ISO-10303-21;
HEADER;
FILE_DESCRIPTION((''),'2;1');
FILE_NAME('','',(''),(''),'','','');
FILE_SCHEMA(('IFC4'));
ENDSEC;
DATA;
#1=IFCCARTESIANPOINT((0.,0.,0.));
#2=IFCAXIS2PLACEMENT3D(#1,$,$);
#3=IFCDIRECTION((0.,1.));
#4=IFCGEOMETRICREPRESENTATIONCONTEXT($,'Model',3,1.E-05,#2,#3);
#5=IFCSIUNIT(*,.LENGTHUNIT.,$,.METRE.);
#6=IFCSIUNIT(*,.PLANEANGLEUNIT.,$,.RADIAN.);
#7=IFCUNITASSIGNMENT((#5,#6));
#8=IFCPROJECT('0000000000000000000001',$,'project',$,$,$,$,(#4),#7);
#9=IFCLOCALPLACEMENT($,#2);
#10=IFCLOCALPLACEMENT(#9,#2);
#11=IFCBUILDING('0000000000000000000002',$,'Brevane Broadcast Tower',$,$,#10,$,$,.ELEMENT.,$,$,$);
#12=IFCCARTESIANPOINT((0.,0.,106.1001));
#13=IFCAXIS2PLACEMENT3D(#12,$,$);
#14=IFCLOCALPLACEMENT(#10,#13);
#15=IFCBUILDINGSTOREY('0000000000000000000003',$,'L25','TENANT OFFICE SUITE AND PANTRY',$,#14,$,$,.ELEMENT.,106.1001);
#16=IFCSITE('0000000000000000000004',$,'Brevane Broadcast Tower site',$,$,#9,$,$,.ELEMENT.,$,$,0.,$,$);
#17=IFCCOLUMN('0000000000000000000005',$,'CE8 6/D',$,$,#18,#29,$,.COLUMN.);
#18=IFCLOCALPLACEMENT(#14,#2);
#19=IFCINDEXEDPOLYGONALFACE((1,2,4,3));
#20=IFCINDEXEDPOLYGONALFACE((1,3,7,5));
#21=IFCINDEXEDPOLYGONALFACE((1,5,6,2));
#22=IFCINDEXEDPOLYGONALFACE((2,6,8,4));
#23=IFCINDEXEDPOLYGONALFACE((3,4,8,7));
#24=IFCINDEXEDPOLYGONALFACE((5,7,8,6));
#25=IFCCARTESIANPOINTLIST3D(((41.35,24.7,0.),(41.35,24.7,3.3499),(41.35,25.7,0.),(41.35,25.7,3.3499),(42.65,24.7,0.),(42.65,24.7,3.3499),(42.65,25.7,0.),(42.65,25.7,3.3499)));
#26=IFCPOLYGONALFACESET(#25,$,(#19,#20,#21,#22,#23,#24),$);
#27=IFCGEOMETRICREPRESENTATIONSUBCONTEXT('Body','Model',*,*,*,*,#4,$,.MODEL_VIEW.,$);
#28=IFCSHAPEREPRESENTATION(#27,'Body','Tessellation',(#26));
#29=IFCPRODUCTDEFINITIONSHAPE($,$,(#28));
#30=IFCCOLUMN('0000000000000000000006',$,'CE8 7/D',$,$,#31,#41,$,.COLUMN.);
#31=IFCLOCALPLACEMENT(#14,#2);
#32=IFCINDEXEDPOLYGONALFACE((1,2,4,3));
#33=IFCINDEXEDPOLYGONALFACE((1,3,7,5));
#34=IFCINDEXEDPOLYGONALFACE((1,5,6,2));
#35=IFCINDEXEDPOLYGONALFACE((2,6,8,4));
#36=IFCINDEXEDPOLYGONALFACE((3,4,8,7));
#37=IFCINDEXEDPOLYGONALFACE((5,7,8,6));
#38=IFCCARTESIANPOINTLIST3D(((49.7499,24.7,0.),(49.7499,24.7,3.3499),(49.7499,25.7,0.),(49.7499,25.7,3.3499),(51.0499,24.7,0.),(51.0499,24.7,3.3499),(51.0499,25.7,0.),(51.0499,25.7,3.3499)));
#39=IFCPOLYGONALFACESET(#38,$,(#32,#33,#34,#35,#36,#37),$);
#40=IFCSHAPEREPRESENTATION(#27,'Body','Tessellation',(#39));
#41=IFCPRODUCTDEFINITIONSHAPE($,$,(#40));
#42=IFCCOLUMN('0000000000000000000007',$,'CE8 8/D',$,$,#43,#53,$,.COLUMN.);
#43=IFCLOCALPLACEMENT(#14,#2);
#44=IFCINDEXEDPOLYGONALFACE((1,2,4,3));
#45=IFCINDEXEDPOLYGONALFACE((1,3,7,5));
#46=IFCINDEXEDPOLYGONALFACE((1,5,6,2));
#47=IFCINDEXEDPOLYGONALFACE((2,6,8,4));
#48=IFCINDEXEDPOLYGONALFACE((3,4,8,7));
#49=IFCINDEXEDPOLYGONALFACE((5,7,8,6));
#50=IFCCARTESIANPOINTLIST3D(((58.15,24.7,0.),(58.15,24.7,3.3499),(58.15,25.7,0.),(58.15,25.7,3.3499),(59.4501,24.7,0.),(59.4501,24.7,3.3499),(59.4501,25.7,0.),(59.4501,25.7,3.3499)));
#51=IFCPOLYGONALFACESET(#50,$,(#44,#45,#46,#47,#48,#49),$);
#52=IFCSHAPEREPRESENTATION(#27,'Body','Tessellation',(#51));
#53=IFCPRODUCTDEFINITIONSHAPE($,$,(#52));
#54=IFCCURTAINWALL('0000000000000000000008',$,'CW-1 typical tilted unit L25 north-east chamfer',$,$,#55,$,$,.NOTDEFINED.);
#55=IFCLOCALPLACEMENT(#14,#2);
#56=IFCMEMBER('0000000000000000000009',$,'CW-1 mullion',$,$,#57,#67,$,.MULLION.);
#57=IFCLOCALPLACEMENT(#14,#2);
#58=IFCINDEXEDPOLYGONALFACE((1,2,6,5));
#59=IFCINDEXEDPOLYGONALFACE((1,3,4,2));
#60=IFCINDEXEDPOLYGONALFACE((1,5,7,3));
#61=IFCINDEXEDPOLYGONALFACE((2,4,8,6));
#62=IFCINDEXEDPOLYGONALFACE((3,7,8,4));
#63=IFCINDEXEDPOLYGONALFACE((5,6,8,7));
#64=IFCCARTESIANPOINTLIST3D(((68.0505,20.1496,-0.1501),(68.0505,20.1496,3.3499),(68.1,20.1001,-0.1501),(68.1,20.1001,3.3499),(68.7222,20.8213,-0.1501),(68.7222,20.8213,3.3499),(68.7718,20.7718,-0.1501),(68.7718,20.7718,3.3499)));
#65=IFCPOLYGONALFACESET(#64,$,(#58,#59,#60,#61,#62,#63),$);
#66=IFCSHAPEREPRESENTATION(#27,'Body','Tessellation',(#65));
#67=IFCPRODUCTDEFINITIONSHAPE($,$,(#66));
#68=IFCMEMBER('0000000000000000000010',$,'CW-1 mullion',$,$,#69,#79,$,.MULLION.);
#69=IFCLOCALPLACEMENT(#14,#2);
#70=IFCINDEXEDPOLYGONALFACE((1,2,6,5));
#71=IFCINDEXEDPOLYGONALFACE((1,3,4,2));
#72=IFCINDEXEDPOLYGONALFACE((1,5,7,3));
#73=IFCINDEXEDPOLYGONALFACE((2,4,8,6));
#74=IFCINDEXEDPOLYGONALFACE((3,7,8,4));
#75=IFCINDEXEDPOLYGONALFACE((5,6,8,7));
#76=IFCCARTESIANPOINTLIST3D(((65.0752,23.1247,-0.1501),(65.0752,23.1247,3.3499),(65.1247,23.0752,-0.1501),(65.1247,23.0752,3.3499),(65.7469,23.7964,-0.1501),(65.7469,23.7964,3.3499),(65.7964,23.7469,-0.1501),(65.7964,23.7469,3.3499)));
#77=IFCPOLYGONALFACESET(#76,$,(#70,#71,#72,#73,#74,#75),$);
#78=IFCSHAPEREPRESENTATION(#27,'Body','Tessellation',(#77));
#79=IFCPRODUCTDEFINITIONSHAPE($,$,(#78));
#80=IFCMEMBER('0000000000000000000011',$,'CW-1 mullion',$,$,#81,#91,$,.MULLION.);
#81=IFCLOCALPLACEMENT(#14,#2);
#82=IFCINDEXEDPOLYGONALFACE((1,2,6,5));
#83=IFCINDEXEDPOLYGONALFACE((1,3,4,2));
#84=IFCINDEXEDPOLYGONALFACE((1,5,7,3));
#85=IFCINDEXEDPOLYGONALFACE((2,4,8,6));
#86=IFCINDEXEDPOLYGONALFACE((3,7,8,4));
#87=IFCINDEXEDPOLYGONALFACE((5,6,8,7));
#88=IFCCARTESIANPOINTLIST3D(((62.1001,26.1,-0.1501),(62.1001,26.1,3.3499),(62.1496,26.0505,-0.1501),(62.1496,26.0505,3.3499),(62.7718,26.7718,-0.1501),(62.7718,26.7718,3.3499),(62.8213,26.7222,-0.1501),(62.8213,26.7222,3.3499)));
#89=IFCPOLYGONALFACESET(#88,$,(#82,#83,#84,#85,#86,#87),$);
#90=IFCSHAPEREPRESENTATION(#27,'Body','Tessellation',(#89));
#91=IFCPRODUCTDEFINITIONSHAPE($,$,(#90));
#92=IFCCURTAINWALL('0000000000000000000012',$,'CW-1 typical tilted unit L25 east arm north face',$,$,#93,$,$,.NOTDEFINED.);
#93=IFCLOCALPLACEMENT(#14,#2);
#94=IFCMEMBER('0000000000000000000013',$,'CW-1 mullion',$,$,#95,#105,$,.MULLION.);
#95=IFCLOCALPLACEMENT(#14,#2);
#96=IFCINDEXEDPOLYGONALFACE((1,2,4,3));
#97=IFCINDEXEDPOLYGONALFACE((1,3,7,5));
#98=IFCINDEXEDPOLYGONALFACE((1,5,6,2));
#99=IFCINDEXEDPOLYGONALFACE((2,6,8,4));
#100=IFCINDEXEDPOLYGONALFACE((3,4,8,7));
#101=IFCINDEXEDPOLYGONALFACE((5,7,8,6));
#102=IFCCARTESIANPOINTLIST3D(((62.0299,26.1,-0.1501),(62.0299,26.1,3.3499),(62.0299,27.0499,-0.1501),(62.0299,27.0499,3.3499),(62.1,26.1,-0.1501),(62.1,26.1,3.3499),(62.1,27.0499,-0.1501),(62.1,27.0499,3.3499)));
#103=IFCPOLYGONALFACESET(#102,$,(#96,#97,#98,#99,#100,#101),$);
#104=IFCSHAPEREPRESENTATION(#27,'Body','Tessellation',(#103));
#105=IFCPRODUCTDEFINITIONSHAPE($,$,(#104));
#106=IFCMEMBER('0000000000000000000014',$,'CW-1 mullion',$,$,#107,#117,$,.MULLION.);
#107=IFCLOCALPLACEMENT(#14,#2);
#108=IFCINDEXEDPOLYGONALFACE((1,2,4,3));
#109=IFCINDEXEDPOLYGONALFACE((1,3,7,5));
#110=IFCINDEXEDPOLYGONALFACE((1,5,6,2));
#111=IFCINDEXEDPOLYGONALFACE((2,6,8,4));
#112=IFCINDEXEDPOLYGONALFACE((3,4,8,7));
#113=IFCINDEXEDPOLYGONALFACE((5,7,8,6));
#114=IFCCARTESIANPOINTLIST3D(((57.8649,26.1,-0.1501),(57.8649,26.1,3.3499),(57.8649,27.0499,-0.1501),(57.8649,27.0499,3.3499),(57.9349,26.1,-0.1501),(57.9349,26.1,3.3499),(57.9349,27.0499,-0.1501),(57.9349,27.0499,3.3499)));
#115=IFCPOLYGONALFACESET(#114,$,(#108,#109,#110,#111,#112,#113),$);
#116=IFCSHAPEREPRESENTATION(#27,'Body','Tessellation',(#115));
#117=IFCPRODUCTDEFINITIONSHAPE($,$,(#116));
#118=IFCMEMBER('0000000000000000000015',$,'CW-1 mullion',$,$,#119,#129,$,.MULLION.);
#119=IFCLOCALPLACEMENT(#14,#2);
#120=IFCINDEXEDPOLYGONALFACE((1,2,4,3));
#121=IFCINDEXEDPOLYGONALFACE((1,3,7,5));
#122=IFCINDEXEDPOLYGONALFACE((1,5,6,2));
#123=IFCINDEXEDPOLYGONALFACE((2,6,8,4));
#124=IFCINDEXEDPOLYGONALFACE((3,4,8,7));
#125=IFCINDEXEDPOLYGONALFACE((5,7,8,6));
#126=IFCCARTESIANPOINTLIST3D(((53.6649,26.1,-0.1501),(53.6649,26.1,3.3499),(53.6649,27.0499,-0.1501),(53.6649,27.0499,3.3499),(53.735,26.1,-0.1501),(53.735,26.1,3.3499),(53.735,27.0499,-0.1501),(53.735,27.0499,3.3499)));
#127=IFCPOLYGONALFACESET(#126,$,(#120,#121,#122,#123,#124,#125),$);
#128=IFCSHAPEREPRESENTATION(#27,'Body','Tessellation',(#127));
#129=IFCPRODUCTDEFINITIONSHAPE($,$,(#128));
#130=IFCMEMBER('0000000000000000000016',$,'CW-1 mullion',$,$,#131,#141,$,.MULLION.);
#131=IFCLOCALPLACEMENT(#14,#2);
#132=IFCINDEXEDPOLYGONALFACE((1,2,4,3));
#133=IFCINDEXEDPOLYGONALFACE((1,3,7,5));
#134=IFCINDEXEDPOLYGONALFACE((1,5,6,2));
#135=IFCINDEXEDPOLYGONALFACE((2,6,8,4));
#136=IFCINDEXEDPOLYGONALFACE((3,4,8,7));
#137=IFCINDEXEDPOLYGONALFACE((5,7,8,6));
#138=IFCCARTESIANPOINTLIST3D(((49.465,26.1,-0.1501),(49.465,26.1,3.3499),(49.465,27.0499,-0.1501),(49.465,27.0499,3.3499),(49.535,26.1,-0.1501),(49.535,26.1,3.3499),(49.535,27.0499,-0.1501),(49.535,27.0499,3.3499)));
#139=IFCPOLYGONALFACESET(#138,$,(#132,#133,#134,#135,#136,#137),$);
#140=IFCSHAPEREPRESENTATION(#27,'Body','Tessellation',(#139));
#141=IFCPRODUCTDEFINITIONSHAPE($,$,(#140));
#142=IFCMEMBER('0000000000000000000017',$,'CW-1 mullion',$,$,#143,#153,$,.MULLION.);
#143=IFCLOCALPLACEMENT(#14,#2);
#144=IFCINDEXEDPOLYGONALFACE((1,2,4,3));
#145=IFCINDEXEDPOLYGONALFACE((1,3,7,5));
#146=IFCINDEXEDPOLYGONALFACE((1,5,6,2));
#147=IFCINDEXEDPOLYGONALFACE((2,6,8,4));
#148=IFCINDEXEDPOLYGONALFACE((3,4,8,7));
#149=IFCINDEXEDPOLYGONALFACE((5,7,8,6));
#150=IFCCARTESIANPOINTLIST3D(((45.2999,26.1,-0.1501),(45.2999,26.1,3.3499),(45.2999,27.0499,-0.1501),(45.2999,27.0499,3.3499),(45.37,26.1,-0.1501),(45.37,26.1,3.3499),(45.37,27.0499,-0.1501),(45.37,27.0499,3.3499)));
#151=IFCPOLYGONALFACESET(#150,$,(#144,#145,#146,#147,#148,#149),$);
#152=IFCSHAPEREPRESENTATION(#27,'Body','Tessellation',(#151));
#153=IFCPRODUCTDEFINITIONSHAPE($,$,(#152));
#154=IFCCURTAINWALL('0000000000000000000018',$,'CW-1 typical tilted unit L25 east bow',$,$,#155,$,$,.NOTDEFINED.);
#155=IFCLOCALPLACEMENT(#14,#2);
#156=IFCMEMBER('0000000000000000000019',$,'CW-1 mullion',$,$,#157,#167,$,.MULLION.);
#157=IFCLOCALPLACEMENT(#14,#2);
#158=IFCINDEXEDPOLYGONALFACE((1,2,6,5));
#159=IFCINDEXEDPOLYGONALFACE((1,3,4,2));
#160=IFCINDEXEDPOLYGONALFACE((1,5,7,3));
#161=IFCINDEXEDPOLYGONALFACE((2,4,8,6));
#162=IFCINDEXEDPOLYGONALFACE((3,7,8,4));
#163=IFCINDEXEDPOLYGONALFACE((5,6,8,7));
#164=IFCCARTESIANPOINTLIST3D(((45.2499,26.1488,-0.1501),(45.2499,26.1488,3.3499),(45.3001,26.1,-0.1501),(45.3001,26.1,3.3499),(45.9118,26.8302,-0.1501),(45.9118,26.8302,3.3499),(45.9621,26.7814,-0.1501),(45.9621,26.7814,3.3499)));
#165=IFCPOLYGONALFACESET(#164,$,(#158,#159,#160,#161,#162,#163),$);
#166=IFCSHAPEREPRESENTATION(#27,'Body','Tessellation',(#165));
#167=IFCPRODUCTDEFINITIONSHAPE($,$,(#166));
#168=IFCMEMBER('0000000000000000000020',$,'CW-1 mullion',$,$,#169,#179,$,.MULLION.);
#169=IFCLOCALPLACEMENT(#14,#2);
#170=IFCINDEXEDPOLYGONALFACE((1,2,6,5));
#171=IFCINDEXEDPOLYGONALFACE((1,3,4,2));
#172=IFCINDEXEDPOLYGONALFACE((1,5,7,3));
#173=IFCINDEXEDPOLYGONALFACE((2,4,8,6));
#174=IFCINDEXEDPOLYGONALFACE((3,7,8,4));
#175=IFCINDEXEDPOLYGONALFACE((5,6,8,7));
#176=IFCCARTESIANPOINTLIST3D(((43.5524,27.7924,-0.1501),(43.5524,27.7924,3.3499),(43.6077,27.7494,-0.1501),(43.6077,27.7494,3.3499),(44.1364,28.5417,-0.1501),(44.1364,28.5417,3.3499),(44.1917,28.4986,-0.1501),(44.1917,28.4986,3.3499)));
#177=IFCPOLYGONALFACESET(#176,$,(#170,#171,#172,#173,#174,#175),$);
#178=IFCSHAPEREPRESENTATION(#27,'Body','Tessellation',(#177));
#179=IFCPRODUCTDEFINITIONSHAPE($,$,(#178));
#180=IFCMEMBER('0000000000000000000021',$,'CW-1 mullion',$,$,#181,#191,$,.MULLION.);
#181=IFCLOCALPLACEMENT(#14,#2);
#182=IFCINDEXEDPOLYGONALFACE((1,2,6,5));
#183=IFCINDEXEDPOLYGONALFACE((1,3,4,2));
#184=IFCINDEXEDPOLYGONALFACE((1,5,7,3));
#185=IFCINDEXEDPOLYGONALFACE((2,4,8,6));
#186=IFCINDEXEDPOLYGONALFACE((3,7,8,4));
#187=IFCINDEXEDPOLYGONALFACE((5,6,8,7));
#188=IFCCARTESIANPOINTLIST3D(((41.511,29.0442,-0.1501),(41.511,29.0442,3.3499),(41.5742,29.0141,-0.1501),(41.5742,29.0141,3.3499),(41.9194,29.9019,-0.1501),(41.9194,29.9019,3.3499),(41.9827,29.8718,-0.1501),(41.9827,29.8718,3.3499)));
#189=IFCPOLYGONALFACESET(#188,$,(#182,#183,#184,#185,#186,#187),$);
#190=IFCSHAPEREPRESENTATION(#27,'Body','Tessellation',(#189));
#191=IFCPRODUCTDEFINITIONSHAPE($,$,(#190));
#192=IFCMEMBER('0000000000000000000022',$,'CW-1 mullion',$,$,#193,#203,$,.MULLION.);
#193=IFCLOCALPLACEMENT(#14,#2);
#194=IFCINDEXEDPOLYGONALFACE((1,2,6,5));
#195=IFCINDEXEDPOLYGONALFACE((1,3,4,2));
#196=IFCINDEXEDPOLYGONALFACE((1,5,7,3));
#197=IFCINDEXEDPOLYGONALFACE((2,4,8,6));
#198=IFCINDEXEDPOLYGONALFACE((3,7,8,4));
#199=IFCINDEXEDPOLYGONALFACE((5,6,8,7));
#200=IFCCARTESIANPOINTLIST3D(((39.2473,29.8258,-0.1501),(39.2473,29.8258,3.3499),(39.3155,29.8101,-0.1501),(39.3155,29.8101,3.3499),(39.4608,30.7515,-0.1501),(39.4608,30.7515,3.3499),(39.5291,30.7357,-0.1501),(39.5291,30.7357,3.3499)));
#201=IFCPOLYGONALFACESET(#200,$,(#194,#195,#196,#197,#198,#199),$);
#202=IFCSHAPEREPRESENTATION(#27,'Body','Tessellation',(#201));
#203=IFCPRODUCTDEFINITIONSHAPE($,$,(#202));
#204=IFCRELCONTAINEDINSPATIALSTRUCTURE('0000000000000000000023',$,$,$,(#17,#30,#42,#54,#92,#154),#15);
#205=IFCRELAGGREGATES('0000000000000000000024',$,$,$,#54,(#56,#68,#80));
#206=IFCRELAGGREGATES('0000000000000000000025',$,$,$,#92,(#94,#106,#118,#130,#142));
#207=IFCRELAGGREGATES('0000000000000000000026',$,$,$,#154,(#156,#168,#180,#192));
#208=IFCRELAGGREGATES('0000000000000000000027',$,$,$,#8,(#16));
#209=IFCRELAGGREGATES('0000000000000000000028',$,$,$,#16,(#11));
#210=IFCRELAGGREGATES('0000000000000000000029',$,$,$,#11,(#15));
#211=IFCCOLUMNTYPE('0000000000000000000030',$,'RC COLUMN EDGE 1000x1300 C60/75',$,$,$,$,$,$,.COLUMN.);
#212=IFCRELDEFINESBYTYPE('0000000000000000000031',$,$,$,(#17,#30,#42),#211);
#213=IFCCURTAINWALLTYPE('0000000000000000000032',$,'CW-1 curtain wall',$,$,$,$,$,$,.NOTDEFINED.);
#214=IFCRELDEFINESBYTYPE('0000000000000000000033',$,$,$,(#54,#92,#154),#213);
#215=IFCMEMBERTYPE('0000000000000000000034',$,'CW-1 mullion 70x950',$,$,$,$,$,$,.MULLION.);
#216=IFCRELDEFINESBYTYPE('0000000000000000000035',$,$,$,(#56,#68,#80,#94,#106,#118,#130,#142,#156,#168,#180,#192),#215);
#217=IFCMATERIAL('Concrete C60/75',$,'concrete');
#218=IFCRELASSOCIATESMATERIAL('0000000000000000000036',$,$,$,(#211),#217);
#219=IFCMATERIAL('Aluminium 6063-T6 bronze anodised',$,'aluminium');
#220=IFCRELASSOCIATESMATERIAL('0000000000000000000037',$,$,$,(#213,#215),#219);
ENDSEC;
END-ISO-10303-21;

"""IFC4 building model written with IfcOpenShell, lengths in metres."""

from ifc_helpers import new_model, si_unit, direction, frame, origin, origin_2d, place, context, subcontext, project, spatial, rectangle, extrude, material, material_profile, profile_set, type_object, element, aggregate, save


model = new_model("IFC4")

# Units and contexts
model_context = context("Model", 3, precision=1e-05, world=origin(), true_north=direction((0.0, 1.0)))
body_context = subcontext(model_context, "Body", "Model", "MODEL_VIEW")
ifc_project = project(units=[si_unit("LENGTHUNIT", "METRE"), si_unit("PLANEANGLEUNIT", "RADIAN")], contexts=[model_context])

# Site, building, storey
site_placement = place(None, origin())
site = spatial("IfcSite", under=ifc_project, at=site_placement, Name="Brevane Broadcast Tower site", CompositionType="ELEMENT", RefElevation=0.0)
building_placement = place(site_placement, origin())
building = spatial("IfcBuilding", under=site, at=building_placement, Name="Brevane Broadcast Tower", CompositionType="ELEMENT")
storey_placement = place(building_placement, frame((0.0, 0.0, 106.1001)))
storey = spatial("IfcBuildingStorey", under=building, at=storey_placement, Name="L25", Description="TENANT OFFICE SUITE AND PANTRY", CompositionType="ELEMENT", Elevation=106.1001)

# Columns
ifc_material_1 = material(Name="Concrete C60/75", Category="concrete")
ifc_material_profile_1 = material_profile(ifc_material_1, rectangle(XDim=1.0, YDim=1.3, at=origin_2d()), Name="RC 1000x1300")
ifc_profile_set_1 = profile_set([ifc_material_profile_1], Name="Concrete C60/75")
column_type = type_object("IfcColumnType", Name="RC COLUMN EDGE 1000x1300 C60/75", PredefinedType="COLUMN", material=ifc_profile_set_1)
for number, where, z_axis, x_axis, name in (
    (1, (42.0, 25.2, 0.0), (0.0, 0.0, 1.0), (0.0, 1.0, 0.0), "CE8 6/D"),
    (2, (50.3999, 25.2, 0.0), (0.0, 0.0, 1.0), (0.0, 1.0, 0.0), "CE8 7/D"),
    (3, (58.8, 25.2, 0.0), (0.0, 0.0, 1.0), (0.0, 1.0, 0.0), "CE8 8/D"),
):
    element("IfcColumn", number, at=place(storey_placement, frame(where, z_axis=z_axis, x_axis=x_axis)), inside=storey, type_object=column_type, Name=name, PredefinedType="COLUMN", context=body_context, shape_type="SweptSolid", body=[
        extrude(rectangle(XDim=1.0, YDim=1.3, at=origin_2d()), origin(), (0.0, 0.0, 1.0), 3.3499),
    ])

# Curtain walls, members
ifc_material_2 = material(Name="Aluminium 6063-T6 bronze anodised", Category="aluminium")
curtain_wall_type = type_object("IfcCurtainWallType", Name="CW-1 curtain wall", PredefinedType="NOTDEFINED", material=ifc_material_2)
curtain_wall_1_placement = place(storey_placement, origin())
curtain_wall_1 = element("IfcCurtainWall", 4, at=curtain_wall_1_placement, inside=storey, type_object=curtain_wall_type, Name="CW-1 typical tilted unit L25 north-east chamfer", PredefinedType="NOTDEFINED")
ifc_material_profile_2 = material_profile(ifc_material_2, rectangle(XDim=0.95, YDim=0.0701, at=origin_2d()), Name="RECT 70x950")
ifc_profile_set_2 = profile_set([ifc_material_profile_2], Name="Aluminium 6063-T6 bronze anodised")
member_type_1 = type_object("IfcMemberType", Name="CW-1 mullion 70x950", PredefinedType="MULLION", material=ifc_profile_set_2)
member_1_placement = place(storey_placement, frame((68.4111, 20.4607, -0.1501), z_axis=(0.0, 0.0, 1.0), x_axis=(-0.707107, -0.707107, 0.0)))
member_1 = element("IfcMember", 5, at=member_1_placement, type_object=member_type_1, Name="CW-1 mullion", PredefinedType="MULLION", context=body_context, shape_type="SweptSolid", body=[
    extrude(rectangle(XDim=0.95, YDim=0.0701, at=origin_2d()), origin(), (0.0, 0.0, 1.0), 3.5),
])
member_2_placement = place(storey_placement, frame((65.4358, 23.4358, -0.1501), z_axis=(0.0, 0.0, 1.0), x_axis=(-0.707107, -0.707107, 0.0)))
member_2 = element("IfcMember", 6, at=member_2_placement, type_object=member_type_1, Name="CW-1 mullion", PredefinedType="MULLION", context=body_context, shape_type="SweptSolid", body=[
    extrude(rectangle(XDim=0.95, YDim=0.0701, at=origin_2d()), origin(), (0.0, 0.0, 1.0), 3.5),
])
member_3_placement = place(storey_placement, frame((62.4607, 26.4111, -0.1501), z_axis=(0.0, 0.0, 1.0), x_axis=(-0.707107, -0.707107, 0.0)))
member_3 = element("IfcMember", 7, at=member_3_placement, type_object=member_type_1, Name="CW-1 mullion", PredefinedType="MULLION", context=body_context, shape_type="SweptSolid", body=[
    extrude(rectangle(XDim=0.95, YDim=0.0701, at=origin_2d()), origin(), (0.0, 0.0, 1.0), 3.5),
])
curtain_wall_2_placement = place(storey_placement, origin())
curtain_wall_2 = element("IfcCurtainWall", 8, at=curtain_wall_2_placement, inside=storey, type_object=curtain_wall_type, Name="CW-1 typical tilted unit L25 east arm north face", PredefinedType="NOTDEFINED")
member_4_placement = place(storey_placement, frame((62.0649, 26.575, -0.1501), z_axis=(0.0, 0.0, 1.0), x_axis=(0.0, -1.0, 0.0)))
member_4 = element("IfcMember", 9, at=member_4_placement, type_object=member_type_1, Name="CW-1 mullion", PredefinedType="MULLION", context=body_context, shape_type="SweptSolid", body=[
    extrude(rectangle(XDim=0.95, YDim=0.0701, at=origin_2d()), origin(), (0.0, 0.0, 1.0), 3.5),
])
member_5_placement = place(storey_placement, frame((57.8999, 26.575, -0.1501), z_axis=(0.0, 0.0, 1.0), x_axis=(0.0, -1.0, 0.0)))
member_5 = element("IfcMember", 10, at=member_5_placement, type_object=member_type_1, Name="CW-1 mullion", PredefinedType="MULLION", context=body_context, shape_type="SweptSolid", body=[
    extrude(rectangle(XDim=0.95, YDim=0.0701, at=origin_2d()), origin(), (0.0, 0.0, 1.0), 3.5),
])
member_6_placement = place(storey_placement, frame((53.7, 26.575, -0.1501), z_axis=(0.0, 0.0, 1.0), x_axis=(0.0, -1.0, 0.0)))
member_6 = element("IfcMember", 11, at=member_6_placement, type_object=member_type_1, Name="CW-1 mullion", PredefinedType="MULLION", context=body_context, shape_type="SweptSolid", body=[
    extrude(rectangle(XDim=0.95, YDim=0.0701, at=origin_2d()), origin(), (0.0, 0.0, 1.0), 3.5),
])
member_7_placement = place(storey_placement, frame((49.5, 26.575, -0.1501), z_axis=(0.0, 0.0, 1.0), x_axis=(0.0, -1.0, 0.0)))
member_7 = element("IfcMember", 12, at=member_7_placement, type_object=member_type_1, Name="CW-1 mullion", PredefinedType="MULLION", context=body_context, shape_type="SweptSolid", body=[
    extrude(rectangle(XDim=0.95, YDim=0.0701, at=origin_2d()), origin(), (0.0, 0.0, 1.0), 3.5),
])
member_8_placement = place(storey_placement, frame((45.335, 26.575, -0.1501), z_axis=(0.0, 0.0, 1.0), x_axis=(0.0, -1.0, 0.0)))
member_8 = element("IfcMember", 13, at=member_8_placement, type_object=member_type_1, Name="CW-1 mullion", PredefinedType="MULLION", context=body_context, shape_type="SweptSolid", body=[
    extrude(rectangle(XDim=0.95, YDim=0.0701, at=origin_2d()), origin(), (0.0, 0.0, 1.0), 3.5),
])
curtain_wall_3_placement = place(storey_placement, origin())
curtain_wall_3 = element("IfcCurtainWall", 14, at=curtain_wall_3_placement, inside=storey, type_object=curtain_wall_type, Name="CW-1 typical tilted unit L25 east bow", PredefinedType="NOTDEFINED")
member_9_placement = place(storey_placement, frame((45.606, 26.4651, -0.1501), z_axis=(0.0, 0.0, 1.0), x_axis=(-0.696812, -0.717254, 0.0)))
member_9 = element("IfcMember", 15, at=member_9_placement, type_object=member_type_1, Name="CW-1 mullion", PredefinedType="MULLION", context=body_context, shape_type="SweptSolid", body=[
    extrude(rectangle(XDim=0.95, YDim=0.0701, at=origin_2d()), origin(), (0.0, 0.0, 1.0), 3.5),
])
member_10_placement = place(storey_placement, frame((43.8721, 28.1455, -0.1501), z_axis=(0.0, 0.0, 1.0), x_axis=(-0.61477, -0.788707, 0.0)))
member_10 = element("IfcMember", 16, at=member_10_placement, type_object=member_type_1, Name="CW-1 mullion", PredefinedType="MULLION", context=body_context, shape_type="SweptSolid", body=[
    extrude(rectangle(XDim=0.95, YDim=0.0701, at=origin_2d()), origin(), (0.0, 0.0, 1.0), 3.5),
])
member_11_placement = place(storey_placement, frame((41.7468, 29.458, -0.1501), z_axis=(0.0, 0.0, 1.0), x_axis=(-0.429934, -0.902861, 0.0)))
member_11 = element("IfcMember", 17, at=member_11_placement, type_object=member_type_1, Name="CW-1 mullion", PredefinedType="MULLION", context=body_context, shape_type="SweptSolid", body=[
    extrude(rectangle(XDim=0.95, YDim=0.0701, at=origin_2d()), origin(), (0.0, 0.0, 1.0), 3.5),
])
member_12_placement = place(storey_placement, frame((39.3882, 30.2808, -0.1501), z_axis=(0.0, 0.0, 1.0), x_axis=(-0.224806, -0.974403, 0.0)))
member_12 = element("IfcMember", 18, at=member_12_placement, type_object=member_type_1, Name="CW-1 mullion", PredefinedType="MULLION", context=body_context, shape_type="SweptSolid", body=[
    extrude(rectangle(XDim=0.95, YDim=0.0701, at=origin_2d()), origin(), (0.0, 0.0, 1.0), 3.5),
])

aggregate(curtain_wall_1, [member_1, member_2, member_3])
aggregate(curtain_wall_2, [member_4, member_5, member_6, member_7, member_8])
aggregate(curtain_wall_3, [member_9, member_10, member_11, member_12])

save(model, "model.ifc")
